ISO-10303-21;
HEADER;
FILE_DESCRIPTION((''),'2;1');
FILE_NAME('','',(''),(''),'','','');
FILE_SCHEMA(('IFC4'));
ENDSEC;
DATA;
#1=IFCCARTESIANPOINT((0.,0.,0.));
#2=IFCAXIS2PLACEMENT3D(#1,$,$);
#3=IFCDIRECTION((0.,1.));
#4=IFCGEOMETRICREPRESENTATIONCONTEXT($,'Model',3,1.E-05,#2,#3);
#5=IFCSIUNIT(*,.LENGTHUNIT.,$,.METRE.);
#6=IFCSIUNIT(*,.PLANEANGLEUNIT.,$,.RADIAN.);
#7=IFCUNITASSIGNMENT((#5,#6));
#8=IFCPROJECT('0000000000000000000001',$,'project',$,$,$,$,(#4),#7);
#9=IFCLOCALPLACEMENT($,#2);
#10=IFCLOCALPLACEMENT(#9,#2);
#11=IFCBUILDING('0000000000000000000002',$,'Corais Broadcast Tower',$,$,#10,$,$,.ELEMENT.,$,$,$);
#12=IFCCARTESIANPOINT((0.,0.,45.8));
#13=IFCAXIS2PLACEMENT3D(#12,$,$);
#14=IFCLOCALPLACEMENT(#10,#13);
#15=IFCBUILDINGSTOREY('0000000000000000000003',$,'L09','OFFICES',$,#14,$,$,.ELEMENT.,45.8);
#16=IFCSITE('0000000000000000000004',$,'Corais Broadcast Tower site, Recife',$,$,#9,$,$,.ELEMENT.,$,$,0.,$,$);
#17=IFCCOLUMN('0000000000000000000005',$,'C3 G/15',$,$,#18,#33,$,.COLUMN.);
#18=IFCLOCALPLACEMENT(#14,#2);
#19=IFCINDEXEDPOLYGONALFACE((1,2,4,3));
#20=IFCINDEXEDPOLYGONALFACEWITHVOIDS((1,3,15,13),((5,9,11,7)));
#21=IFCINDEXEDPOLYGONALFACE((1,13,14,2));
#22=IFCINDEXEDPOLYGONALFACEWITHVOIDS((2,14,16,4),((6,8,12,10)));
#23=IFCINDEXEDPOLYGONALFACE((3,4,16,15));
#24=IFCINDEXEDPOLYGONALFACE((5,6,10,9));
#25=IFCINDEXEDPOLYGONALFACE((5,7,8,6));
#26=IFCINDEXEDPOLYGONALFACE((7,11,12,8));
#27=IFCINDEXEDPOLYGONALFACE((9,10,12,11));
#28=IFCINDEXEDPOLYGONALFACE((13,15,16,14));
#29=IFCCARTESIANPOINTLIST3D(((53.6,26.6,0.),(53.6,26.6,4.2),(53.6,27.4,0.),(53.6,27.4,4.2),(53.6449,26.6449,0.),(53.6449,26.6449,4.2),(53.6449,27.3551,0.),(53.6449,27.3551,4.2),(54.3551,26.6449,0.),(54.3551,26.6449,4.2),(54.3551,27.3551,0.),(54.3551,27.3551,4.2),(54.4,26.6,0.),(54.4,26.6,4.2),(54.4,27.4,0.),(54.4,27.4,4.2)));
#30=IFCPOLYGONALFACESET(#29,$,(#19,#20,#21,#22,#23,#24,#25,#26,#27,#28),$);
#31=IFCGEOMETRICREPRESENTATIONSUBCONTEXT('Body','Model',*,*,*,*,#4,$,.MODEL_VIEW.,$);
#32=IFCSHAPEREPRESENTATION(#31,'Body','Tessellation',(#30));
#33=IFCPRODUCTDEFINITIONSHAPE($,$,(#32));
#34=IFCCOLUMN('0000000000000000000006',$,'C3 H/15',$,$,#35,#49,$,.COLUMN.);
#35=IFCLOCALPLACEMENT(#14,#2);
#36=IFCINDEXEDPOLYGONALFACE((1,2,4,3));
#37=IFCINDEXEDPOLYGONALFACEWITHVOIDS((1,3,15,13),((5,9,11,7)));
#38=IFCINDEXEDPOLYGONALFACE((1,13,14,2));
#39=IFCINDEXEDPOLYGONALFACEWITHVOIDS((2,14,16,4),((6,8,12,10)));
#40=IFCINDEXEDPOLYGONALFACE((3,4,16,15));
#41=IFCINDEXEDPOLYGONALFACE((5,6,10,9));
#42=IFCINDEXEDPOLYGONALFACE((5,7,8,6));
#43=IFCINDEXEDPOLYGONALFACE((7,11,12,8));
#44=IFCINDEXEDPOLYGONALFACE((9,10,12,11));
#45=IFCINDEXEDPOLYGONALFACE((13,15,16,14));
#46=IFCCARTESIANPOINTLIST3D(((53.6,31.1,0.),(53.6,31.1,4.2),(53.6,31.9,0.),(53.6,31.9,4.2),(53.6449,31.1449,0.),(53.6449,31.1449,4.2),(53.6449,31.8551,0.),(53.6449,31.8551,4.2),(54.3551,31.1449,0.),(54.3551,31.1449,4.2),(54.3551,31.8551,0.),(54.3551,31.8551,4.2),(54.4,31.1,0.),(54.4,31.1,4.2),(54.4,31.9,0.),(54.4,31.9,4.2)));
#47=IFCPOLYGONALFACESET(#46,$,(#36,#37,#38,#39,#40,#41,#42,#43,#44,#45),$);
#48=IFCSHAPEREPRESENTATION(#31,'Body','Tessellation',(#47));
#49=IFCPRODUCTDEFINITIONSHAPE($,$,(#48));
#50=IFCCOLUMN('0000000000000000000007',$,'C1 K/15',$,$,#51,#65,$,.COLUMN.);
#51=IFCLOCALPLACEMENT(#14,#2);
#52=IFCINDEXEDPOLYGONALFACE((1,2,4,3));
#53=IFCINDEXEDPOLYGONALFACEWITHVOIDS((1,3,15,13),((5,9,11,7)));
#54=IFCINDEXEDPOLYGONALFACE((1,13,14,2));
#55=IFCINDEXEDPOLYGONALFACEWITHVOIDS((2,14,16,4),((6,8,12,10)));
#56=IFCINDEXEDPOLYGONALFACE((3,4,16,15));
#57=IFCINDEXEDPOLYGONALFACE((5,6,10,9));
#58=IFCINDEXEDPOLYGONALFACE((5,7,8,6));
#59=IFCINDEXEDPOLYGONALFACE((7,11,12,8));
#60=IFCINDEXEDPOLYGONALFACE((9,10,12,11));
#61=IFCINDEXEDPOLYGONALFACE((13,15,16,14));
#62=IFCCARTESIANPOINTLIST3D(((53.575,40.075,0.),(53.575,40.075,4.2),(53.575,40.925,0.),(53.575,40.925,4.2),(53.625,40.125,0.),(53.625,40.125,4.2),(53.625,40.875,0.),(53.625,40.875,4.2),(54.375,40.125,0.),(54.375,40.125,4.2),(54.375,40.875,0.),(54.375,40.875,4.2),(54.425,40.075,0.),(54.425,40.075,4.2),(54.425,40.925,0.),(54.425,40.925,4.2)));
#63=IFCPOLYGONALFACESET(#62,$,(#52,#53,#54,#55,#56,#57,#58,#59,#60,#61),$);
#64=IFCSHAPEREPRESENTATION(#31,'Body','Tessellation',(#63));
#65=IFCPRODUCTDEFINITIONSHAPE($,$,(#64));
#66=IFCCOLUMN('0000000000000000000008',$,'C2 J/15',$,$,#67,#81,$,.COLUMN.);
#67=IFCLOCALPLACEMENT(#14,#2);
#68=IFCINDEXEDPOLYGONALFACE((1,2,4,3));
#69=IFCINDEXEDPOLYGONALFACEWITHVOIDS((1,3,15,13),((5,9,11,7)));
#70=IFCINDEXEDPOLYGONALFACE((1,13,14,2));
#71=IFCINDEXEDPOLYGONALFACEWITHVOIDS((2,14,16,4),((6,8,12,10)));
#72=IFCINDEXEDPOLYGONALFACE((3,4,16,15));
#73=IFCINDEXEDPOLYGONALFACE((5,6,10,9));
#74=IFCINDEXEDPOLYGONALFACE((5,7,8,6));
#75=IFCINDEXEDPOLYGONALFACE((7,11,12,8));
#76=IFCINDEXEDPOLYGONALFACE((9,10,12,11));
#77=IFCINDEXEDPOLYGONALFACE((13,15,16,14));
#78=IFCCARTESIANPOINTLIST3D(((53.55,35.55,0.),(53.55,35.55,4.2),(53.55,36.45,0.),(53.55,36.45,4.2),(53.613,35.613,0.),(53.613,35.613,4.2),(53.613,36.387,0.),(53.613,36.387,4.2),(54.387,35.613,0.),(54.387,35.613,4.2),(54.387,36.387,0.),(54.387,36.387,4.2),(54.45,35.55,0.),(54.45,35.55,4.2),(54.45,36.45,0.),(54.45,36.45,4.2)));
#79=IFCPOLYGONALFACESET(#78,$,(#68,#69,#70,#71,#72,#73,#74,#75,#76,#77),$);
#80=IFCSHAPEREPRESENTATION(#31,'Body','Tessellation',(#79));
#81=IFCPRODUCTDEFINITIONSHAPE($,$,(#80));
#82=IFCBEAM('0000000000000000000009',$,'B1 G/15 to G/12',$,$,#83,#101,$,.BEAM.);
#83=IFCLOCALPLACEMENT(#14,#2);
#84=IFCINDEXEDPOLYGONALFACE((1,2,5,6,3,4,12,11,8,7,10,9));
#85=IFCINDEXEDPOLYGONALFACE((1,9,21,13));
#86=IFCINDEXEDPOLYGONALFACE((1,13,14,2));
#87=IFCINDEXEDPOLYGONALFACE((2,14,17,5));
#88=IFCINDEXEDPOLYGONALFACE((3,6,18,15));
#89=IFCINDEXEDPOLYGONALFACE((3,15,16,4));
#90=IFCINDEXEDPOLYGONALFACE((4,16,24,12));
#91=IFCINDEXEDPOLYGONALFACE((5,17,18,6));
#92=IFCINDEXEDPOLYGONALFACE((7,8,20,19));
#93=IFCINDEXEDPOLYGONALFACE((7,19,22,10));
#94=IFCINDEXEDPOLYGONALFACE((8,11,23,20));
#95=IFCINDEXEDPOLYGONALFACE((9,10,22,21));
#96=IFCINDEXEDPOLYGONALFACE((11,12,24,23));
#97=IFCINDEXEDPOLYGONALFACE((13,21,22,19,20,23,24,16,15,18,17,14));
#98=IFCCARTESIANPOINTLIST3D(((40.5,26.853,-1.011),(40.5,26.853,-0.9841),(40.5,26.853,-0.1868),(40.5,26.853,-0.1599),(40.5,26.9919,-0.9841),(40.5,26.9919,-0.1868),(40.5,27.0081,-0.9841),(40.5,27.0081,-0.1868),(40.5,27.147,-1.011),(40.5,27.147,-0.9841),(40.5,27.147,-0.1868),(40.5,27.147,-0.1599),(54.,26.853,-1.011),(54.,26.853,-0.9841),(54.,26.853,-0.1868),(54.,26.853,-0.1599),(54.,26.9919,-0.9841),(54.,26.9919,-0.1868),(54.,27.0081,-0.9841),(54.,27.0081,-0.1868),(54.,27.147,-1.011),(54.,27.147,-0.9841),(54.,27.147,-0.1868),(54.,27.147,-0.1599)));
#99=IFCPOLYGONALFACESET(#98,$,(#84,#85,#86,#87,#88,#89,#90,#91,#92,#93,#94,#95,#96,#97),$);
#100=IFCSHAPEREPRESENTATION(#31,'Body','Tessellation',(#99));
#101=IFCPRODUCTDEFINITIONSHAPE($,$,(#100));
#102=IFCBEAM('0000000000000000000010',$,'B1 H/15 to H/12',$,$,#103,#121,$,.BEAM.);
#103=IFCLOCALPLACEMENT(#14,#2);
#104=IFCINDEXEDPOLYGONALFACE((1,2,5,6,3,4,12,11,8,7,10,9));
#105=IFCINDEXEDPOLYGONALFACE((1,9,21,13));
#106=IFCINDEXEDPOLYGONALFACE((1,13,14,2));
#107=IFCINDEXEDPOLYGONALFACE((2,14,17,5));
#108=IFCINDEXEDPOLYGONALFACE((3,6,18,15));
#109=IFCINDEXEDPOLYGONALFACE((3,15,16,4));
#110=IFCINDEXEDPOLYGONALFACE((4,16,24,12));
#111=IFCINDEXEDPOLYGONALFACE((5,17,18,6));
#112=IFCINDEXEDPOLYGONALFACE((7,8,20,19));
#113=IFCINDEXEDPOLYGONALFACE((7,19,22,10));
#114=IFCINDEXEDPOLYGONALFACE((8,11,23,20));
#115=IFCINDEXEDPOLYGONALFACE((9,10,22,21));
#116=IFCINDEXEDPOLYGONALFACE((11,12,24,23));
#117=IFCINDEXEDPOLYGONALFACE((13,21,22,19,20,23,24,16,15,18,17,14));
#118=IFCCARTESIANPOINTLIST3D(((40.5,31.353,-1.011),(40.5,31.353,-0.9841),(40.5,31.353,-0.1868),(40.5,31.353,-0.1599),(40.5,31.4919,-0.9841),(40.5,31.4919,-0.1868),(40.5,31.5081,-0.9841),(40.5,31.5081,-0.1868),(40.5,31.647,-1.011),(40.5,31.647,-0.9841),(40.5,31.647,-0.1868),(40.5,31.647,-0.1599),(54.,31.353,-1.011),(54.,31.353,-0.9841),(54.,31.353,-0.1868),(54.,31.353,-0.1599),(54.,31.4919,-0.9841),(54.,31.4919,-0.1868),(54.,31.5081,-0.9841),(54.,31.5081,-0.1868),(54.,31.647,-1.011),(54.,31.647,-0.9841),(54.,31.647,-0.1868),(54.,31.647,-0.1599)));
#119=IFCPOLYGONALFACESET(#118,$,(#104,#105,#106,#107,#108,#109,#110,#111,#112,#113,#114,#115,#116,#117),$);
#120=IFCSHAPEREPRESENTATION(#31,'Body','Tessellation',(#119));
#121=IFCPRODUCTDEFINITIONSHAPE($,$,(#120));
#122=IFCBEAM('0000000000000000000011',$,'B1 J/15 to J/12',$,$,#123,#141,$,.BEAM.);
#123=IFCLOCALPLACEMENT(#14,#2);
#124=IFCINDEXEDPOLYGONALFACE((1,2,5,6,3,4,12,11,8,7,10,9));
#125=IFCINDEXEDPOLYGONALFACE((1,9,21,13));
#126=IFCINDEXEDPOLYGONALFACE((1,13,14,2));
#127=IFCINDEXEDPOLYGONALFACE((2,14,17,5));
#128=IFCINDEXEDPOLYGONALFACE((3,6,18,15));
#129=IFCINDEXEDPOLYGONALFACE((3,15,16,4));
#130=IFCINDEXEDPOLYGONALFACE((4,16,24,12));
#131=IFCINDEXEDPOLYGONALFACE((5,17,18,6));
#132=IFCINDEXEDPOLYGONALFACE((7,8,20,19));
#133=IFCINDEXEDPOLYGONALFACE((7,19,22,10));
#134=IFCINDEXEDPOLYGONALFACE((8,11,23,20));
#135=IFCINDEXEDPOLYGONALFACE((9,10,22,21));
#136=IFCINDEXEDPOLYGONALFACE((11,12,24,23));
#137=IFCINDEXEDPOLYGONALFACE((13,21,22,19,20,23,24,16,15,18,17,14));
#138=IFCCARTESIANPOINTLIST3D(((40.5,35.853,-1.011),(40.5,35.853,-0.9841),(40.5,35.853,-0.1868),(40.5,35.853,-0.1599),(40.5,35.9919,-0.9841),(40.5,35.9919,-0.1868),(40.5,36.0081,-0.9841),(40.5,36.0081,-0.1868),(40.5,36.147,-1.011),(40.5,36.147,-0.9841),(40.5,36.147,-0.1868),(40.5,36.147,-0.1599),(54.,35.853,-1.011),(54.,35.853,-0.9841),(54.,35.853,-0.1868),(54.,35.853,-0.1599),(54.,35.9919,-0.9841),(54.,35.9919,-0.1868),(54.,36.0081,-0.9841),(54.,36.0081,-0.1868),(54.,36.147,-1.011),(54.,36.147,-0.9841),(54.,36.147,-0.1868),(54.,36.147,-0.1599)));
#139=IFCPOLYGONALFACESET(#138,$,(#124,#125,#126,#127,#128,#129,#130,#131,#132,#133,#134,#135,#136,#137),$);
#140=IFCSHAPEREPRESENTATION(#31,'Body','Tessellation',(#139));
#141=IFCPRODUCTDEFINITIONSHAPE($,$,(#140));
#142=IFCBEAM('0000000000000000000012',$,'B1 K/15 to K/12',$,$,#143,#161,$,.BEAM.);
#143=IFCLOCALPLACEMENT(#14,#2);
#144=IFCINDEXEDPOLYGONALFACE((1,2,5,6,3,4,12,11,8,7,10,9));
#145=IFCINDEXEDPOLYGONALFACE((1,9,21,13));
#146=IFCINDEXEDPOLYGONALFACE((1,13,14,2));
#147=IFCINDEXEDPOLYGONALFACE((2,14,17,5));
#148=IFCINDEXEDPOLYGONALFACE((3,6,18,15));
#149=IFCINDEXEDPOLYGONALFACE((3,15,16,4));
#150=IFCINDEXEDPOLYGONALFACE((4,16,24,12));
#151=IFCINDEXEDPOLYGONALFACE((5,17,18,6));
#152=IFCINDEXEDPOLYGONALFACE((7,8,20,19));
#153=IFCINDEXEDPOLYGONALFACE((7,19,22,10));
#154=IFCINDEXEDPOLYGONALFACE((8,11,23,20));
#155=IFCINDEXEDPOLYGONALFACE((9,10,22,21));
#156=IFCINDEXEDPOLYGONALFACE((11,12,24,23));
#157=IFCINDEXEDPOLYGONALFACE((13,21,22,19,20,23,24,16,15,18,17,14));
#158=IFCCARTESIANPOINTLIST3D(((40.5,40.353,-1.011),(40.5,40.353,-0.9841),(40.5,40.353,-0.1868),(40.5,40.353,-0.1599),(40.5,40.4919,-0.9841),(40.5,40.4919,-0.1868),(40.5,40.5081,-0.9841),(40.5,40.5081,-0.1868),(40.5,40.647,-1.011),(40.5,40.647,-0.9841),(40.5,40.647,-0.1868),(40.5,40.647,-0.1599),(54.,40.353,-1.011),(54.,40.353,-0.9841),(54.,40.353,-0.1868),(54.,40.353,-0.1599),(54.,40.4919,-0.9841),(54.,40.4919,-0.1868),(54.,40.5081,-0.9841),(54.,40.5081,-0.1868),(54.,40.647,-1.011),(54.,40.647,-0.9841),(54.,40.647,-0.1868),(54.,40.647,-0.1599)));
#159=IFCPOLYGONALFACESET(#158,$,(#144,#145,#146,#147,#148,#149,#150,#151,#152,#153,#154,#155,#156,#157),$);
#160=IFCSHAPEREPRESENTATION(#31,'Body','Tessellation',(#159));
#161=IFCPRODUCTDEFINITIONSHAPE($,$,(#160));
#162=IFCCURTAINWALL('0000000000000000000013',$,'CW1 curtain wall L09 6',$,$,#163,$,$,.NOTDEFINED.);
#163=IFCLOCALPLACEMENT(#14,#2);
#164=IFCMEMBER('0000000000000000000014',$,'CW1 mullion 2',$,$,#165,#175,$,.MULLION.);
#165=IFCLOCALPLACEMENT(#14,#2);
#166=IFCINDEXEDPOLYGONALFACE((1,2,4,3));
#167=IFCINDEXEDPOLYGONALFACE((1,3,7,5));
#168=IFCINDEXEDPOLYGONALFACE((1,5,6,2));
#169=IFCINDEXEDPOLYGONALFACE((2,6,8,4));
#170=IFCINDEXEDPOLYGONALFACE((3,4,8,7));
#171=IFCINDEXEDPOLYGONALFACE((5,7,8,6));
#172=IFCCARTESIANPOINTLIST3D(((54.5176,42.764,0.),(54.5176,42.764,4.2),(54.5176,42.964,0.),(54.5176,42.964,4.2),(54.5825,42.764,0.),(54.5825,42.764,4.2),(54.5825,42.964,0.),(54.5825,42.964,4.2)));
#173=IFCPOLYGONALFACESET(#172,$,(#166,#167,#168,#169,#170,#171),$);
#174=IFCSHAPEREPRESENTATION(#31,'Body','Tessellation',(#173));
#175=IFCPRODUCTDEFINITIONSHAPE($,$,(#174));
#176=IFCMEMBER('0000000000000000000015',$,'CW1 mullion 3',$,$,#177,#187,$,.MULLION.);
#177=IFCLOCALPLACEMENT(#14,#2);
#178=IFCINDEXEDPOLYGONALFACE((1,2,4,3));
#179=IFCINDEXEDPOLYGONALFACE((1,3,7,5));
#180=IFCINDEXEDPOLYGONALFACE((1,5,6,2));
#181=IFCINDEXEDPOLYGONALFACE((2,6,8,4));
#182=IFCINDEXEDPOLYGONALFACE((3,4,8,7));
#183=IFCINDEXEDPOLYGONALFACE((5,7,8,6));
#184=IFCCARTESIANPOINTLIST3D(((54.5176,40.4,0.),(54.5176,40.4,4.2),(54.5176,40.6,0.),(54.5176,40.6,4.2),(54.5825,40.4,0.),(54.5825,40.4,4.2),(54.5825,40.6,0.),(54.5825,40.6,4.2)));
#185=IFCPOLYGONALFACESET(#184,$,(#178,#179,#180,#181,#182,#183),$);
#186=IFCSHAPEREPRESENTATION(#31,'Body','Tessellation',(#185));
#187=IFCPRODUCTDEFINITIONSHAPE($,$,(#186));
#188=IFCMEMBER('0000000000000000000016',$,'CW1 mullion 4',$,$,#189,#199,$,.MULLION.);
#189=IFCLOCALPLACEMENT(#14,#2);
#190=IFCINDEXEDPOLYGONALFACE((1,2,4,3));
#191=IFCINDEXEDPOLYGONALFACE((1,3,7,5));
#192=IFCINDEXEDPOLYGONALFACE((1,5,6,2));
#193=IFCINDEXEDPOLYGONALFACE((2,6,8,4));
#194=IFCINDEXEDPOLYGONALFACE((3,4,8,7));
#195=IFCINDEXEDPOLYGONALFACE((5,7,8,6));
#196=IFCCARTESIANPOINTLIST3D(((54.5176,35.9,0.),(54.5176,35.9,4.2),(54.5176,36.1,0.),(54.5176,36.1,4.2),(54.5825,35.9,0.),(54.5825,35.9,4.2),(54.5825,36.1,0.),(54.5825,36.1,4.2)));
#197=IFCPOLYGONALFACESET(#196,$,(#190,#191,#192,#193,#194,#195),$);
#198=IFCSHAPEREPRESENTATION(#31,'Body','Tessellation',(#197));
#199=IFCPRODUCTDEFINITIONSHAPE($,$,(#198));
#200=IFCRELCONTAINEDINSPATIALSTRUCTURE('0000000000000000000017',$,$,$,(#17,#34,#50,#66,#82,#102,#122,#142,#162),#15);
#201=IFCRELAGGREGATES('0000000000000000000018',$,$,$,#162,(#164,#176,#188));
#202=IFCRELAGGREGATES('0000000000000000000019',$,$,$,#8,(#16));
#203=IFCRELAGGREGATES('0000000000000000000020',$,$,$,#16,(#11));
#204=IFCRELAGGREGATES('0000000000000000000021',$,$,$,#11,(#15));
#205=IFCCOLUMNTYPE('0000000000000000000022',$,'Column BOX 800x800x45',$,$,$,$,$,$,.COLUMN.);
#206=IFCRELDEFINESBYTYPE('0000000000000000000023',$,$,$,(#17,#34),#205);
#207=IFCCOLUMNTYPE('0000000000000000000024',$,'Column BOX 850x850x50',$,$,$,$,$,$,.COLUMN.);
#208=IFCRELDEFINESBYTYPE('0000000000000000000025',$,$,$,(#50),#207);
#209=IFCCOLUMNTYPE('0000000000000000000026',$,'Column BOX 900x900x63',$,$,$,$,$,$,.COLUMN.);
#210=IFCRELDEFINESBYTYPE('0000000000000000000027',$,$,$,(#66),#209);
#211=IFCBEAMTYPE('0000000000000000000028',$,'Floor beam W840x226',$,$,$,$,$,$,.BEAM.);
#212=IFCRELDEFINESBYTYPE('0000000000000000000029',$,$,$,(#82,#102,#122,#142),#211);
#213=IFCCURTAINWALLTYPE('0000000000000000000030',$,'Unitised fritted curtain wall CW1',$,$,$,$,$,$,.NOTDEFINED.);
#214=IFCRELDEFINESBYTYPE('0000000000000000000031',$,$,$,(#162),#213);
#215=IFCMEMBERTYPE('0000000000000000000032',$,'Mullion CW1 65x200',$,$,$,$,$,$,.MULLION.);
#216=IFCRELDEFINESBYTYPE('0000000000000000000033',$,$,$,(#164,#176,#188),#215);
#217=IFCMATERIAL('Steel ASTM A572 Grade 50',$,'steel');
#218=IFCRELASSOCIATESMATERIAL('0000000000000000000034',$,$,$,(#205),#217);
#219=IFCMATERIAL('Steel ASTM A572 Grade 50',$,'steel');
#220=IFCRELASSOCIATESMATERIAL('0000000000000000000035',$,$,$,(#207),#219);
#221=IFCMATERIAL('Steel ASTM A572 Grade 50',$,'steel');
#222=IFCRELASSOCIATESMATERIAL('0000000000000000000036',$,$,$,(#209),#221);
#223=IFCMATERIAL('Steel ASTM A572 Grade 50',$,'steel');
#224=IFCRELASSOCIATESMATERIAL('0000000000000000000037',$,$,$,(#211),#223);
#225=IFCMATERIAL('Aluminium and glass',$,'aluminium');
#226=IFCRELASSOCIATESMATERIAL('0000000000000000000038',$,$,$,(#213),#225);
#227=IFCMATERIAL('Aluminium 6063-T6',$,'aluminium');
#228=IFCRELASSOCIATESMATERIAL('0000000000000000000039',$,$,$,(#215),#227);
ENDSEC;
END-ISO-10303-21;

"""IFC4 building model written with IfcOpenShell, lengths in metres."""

from ifc_helpers import new_model, si_unit, direction, frame, origin, origin_2d, place, context, subcontext, project, spatial, rectangle, hollow_rectangle, i_section, extrude, material, material_profile, profile_set, type_object, element, aggregate, save


model = new_model("IFC4")

# Units and contexts
model_context = context("Model", 3, precision=1e-05, world=origin(), true_north=direction((0.0, 1.0)))
body_context = subcontext(model_context, "Body", "Model", "MODEL_VIEW")
ifc_project = project(units=[si_unit("LENGTHUNIT", "METRE"), si_unit("PLANEANGLEUNIT", "RADIAN")], contexts=[model_context])

# Site, building, storey
site_placement = place(None, origin())
site = spatial("IfcSite", under=ifc_project, at=site_placement, Name="Corais Broadcast Tower site, Recife", CompositionType="ELEMENT", RefElevation=0.0)
building_placement = place(site_placement, origin())
building = spatial("IfcBuilding", under=site, at=building_placement, Name="Corais Broadcast Tower", CompositionType="ELEMENT")
storey_placement = place(building_placement, frame((0.0, 0.0, 45.8)))
storey = spatial("IfcBuildingStorey", under=building, at=storey_placement, Name="L09", Description="OFFICES", CompositionType="ELEMENT", Elevation=45.8)

# Columns
ifc_material_1 = material(Name="Steel ASTM A572 Grade 50", Category="steel")
ifc_material_profile_1 = material_profile(ifc_material_1, hollow_rectangle(XDim=0.8, YDim=0.8, WallThickness=0.0449, at=origin_2d()), Name="BOX 800x800x45")
ifc_profile_set_1 = profile_set([ifc_material_profile_1], Name="Steel ASTM A572 Grade 50")
column_type_1 = type_object("IfcColumnType", Name="Column BOX 800x800x45", PredefinedType="COLUMN", material=ifc_profile_set_1)
for number, where, z_axis, x_axis, name in (
    (1, (54.0, 27.0, 0.0), (0.0, 0.0, 1.0), (1.0, 0.0, 0.0), "C3 G/15"),
    (2, (54.0, 31.5, 0.0), (0.0, 0.0, 1.0), (1.0, 0.0, 0.0), "C3 H/15"),
):
    element("IfcColumn", number, at=place(storey_placement, frame(where, z_axis=z_axis, x_axis=x_axis)), inside=storey, type_object=column_type_1, Name=name, PredefinedType="COLUMN", context=body_context, shape_type="SweptSolid", body=[
        extrude(hollow_rectangle(XDim=0.8, YDim=0.8, WallThickness=0.0449, at=origin_2d()), origin(), (0.0, 0.0, 1.0), 4.2),
    ])
ifc_material_2 = material(Name="Steel ASTM A572 Grade 50", Category="steel")
ifc_material_profile_2 = material_profile(ifc_material_2, hollow_rectangle(XDim=0.8501, YDim=0.8501, WallThickness=0.05, at=origin_2d()), Name="BOX 850x850x50")
ifc_profile_set_2 = profile_set([ifc_material_profile_2], Name="Steel ASTM A572 Grade 50")
column_type_2 = type_object("IfcColumnType", Name="Column BOX 850x850x50", PredefinedType="COLUMN", material=ifc_profile_set_2)
column_1_placement = place(storey_placement, frame((54.0, 40.5, 0.0), z_axis=(0.0, 0.0, 1.0), x_axis=(1.0, 0.0, 0.0)))
element("IfcColumn", 3, at=column_1_placement, inside=storey, type_object=column_type_2, Name="C1 K/15", PredefinedType="COLUMN", context=body_context, shape_type="SweptSolid", body=[
    extrude(hollow_rectangle(XDim=0.8501, YDim=0.8501, WallThickness=0.05, at=origin_2d()), origin(), (0.0, 0.0, 1.0), 4.2),
])
ifc_material_3 = material(Name="Steel ASTM A572 Grade 50", Category="steel")
ifc_material_profile_3 = material_profile(ifc_material_3, hollow_rectangle(XDim=0.8999, YDim=0.8999, WallThickness=0.063, at=origin_2d()), Name="BOX 900x900x63")
ifc_profile_set_3 = profile_set([ifc_material_profile_3], Name="Steel ASTM A572 Grade 50")
column_type_3 = type_object("IfcColumnType", Name="Column BOX 900x900x63", PredefinedType="COLUMN", material=ifc_profile_set_3)
column_2_placement = place(storey_placement, frame((54.0, 36.0, 0.0), z_axis=(0.0, 0.0, 1.0), x_axis=(1.0, 0.0, 0.0)))
element("IfcColumn", 4, at=column_2_placement, inside=storey, type_object=column_type_3, Name="C2 J/15", PredefinedType="COLUMN", context=body_context, shape_type="SweptSolid", body=[
    extrude(hollow_rectangle(XDim=0.8999, YDim=0.8999, WallThickness=0.063, at=origin_2d()), origin(), (0.0, 0.0, 1.0), 4.2),
])

# Beams
ifc_material_4 = material(Name="Steel ASTM A572 Grade 50", Category="steel")
ifc_material_profile_4 = material_profile(ifc_material_4, i_section(OverallWidth=0.2939, OverallDepth=0.8511, WebThickness=0.0161, FlangeThickness=0.0269, at=origin_2d()), Name="W840x226")
ifc_profile_set_4 = profile_set([ifc_material_profile_4], Name="Steel ASTM A572 Grade 50")
beam_type_1 = type_object("IfcBeamType", Name="Floor beam W840x226", PredefinedType="BEAM", material=ifc_profile_set_4)
for number, where, z_axis, x_axis, name in (
    (5, (54.0, 27.0, -0.5854), (-1.0, 0.0, 0.0), (0.0, -1.0, 0.0), "B1 G/15 to G/12"),
    (6, (54.0, 31.5, -0.5854), (-1.0, 0.0, 0.0), (0.0, -1.0, 0.0), "B1 H/15 to H/12"),
    (7, (54.0, 36.0, -0.5854), (-1.0, 0.0, 0.0), (0.0, -1.0, 0.0), "B1 J/15 to J/12"),
    (8, (54.0, 40.5, -0.5854), (-1.0, 0.0, 0.0), (0.0, -1.0, 0.0), "B1 K/15 to K/12"),
):
    element("IfcBeam", number, at=place(storey_placement, frame(where, z_axis=z_axis, x_axis=x_axis)), inside=storey, type_object=beam_type_1, Name=name, PredefinedType="BEAM", context=body_context, shape_type="SweptSolid", body=[
        extrude(i_section(OverallWidth=0.2939, OverallDepth=0.8511, WebThickness=0.0161, FlangeThickness=0.0269, at=origin_2d()), origin(), (0.0, 0.0, 1.0), 13.5),
    ])

# Curtain wall, members
ifc_material_5 = material(Name="Aluminium and glass", Category="aluminium")
curtain_wall_type = type_object("IfcCurtainWallType", Name="Unitised fritted curtain wall CW1", PredefinedType="NOTDEFINED", material=ifc_material_5)
curtain_wall_placement = place(storey_placement, origin())
curtain_wall = element("IfcCurtainWall", 9, at=curtain_wall_placement, inside=storey, type_object=curtain_wall_type, Name="CW1 curtain wall L09 6", PredefinedType="NOTDEFINED")
ifc_material_6 = material(Name="Aluminium 6063-T6", Category="aluminium")
ifc_material_profile_5 = material_profile(ifc_material_6, rectangle(XDim=0.0649, YDim=0.2, at=origin_2d()), Name="Mullion CW1 65x200")
ifc_profile_set_5 = profile_set([ifc_material_profile_5], Name="Aluminium 6063-T6")
member_type_1 = type_object("IfcMemberType", Name="Mullion CW1 65x200", PredefinedType="MULLION", material=ifc_profile_set_5)
member_1_placement = place(storey_placement, frame((54.55, 42.864, 0.0), z_axis=(0.0, 0.0, 1.0), x_axis=(1.0, 0.0, 0.0)))
member_1 = element("IfcMember", 10, at=member_1_placement, type_object=member_type_1, Name="CW1 mullion 2", PredefinedType="MULLION", context=body_context, shape_type="SweptSolid", body=[
    extrude(rectangle(XDim=0.0649, YDim=0.2, at=origin_2d()), origin(), (0.0, 0.0, 1.0), 4.2),
])
member_2_placement = place(storey_placement, frame((54.55, 40.5, 0.0), z_axis=(0.0, 0.0, 1.0), x_axis=(1.0, 0.0, 0.0)))
member_2 = element("IfcMember", 11, at=member_2_placement, type_object=member_type_1, Name="CW1 mullion 3", PredefinedType="MULLION", context=body_context, shape_type="SweptSolid", body=[
    extrude(rectangle(XDim=0.0649, YDim=0.2, at=origin_2d()), origin(), (0.0, 0.0, 1.0), 4.2),
])
member_3_placement = place(storey_placement, frame((54.55, 36.0, 0.0), z_axis=(0.0, 0.0, 1.0), x_axis=(1.0, 0.0, 0.0)))
member_3 = element("IfcMember", 12, at=member_3_placement, type_object=member_type_1, Name="CW1 mullion 4", PredefinedType="MULLION", context=body_context, shape_type="SweptSolid", body=[
    extrude(rectangle(XDim=0.0649, YDim=0.2, at=origin_2d()), origin(), (0.0, 0.0, 1.0), 4.2),
])

aggregate(curtain_wall, [member_1, member_2, member_3])

save(model, "model.ifc")
